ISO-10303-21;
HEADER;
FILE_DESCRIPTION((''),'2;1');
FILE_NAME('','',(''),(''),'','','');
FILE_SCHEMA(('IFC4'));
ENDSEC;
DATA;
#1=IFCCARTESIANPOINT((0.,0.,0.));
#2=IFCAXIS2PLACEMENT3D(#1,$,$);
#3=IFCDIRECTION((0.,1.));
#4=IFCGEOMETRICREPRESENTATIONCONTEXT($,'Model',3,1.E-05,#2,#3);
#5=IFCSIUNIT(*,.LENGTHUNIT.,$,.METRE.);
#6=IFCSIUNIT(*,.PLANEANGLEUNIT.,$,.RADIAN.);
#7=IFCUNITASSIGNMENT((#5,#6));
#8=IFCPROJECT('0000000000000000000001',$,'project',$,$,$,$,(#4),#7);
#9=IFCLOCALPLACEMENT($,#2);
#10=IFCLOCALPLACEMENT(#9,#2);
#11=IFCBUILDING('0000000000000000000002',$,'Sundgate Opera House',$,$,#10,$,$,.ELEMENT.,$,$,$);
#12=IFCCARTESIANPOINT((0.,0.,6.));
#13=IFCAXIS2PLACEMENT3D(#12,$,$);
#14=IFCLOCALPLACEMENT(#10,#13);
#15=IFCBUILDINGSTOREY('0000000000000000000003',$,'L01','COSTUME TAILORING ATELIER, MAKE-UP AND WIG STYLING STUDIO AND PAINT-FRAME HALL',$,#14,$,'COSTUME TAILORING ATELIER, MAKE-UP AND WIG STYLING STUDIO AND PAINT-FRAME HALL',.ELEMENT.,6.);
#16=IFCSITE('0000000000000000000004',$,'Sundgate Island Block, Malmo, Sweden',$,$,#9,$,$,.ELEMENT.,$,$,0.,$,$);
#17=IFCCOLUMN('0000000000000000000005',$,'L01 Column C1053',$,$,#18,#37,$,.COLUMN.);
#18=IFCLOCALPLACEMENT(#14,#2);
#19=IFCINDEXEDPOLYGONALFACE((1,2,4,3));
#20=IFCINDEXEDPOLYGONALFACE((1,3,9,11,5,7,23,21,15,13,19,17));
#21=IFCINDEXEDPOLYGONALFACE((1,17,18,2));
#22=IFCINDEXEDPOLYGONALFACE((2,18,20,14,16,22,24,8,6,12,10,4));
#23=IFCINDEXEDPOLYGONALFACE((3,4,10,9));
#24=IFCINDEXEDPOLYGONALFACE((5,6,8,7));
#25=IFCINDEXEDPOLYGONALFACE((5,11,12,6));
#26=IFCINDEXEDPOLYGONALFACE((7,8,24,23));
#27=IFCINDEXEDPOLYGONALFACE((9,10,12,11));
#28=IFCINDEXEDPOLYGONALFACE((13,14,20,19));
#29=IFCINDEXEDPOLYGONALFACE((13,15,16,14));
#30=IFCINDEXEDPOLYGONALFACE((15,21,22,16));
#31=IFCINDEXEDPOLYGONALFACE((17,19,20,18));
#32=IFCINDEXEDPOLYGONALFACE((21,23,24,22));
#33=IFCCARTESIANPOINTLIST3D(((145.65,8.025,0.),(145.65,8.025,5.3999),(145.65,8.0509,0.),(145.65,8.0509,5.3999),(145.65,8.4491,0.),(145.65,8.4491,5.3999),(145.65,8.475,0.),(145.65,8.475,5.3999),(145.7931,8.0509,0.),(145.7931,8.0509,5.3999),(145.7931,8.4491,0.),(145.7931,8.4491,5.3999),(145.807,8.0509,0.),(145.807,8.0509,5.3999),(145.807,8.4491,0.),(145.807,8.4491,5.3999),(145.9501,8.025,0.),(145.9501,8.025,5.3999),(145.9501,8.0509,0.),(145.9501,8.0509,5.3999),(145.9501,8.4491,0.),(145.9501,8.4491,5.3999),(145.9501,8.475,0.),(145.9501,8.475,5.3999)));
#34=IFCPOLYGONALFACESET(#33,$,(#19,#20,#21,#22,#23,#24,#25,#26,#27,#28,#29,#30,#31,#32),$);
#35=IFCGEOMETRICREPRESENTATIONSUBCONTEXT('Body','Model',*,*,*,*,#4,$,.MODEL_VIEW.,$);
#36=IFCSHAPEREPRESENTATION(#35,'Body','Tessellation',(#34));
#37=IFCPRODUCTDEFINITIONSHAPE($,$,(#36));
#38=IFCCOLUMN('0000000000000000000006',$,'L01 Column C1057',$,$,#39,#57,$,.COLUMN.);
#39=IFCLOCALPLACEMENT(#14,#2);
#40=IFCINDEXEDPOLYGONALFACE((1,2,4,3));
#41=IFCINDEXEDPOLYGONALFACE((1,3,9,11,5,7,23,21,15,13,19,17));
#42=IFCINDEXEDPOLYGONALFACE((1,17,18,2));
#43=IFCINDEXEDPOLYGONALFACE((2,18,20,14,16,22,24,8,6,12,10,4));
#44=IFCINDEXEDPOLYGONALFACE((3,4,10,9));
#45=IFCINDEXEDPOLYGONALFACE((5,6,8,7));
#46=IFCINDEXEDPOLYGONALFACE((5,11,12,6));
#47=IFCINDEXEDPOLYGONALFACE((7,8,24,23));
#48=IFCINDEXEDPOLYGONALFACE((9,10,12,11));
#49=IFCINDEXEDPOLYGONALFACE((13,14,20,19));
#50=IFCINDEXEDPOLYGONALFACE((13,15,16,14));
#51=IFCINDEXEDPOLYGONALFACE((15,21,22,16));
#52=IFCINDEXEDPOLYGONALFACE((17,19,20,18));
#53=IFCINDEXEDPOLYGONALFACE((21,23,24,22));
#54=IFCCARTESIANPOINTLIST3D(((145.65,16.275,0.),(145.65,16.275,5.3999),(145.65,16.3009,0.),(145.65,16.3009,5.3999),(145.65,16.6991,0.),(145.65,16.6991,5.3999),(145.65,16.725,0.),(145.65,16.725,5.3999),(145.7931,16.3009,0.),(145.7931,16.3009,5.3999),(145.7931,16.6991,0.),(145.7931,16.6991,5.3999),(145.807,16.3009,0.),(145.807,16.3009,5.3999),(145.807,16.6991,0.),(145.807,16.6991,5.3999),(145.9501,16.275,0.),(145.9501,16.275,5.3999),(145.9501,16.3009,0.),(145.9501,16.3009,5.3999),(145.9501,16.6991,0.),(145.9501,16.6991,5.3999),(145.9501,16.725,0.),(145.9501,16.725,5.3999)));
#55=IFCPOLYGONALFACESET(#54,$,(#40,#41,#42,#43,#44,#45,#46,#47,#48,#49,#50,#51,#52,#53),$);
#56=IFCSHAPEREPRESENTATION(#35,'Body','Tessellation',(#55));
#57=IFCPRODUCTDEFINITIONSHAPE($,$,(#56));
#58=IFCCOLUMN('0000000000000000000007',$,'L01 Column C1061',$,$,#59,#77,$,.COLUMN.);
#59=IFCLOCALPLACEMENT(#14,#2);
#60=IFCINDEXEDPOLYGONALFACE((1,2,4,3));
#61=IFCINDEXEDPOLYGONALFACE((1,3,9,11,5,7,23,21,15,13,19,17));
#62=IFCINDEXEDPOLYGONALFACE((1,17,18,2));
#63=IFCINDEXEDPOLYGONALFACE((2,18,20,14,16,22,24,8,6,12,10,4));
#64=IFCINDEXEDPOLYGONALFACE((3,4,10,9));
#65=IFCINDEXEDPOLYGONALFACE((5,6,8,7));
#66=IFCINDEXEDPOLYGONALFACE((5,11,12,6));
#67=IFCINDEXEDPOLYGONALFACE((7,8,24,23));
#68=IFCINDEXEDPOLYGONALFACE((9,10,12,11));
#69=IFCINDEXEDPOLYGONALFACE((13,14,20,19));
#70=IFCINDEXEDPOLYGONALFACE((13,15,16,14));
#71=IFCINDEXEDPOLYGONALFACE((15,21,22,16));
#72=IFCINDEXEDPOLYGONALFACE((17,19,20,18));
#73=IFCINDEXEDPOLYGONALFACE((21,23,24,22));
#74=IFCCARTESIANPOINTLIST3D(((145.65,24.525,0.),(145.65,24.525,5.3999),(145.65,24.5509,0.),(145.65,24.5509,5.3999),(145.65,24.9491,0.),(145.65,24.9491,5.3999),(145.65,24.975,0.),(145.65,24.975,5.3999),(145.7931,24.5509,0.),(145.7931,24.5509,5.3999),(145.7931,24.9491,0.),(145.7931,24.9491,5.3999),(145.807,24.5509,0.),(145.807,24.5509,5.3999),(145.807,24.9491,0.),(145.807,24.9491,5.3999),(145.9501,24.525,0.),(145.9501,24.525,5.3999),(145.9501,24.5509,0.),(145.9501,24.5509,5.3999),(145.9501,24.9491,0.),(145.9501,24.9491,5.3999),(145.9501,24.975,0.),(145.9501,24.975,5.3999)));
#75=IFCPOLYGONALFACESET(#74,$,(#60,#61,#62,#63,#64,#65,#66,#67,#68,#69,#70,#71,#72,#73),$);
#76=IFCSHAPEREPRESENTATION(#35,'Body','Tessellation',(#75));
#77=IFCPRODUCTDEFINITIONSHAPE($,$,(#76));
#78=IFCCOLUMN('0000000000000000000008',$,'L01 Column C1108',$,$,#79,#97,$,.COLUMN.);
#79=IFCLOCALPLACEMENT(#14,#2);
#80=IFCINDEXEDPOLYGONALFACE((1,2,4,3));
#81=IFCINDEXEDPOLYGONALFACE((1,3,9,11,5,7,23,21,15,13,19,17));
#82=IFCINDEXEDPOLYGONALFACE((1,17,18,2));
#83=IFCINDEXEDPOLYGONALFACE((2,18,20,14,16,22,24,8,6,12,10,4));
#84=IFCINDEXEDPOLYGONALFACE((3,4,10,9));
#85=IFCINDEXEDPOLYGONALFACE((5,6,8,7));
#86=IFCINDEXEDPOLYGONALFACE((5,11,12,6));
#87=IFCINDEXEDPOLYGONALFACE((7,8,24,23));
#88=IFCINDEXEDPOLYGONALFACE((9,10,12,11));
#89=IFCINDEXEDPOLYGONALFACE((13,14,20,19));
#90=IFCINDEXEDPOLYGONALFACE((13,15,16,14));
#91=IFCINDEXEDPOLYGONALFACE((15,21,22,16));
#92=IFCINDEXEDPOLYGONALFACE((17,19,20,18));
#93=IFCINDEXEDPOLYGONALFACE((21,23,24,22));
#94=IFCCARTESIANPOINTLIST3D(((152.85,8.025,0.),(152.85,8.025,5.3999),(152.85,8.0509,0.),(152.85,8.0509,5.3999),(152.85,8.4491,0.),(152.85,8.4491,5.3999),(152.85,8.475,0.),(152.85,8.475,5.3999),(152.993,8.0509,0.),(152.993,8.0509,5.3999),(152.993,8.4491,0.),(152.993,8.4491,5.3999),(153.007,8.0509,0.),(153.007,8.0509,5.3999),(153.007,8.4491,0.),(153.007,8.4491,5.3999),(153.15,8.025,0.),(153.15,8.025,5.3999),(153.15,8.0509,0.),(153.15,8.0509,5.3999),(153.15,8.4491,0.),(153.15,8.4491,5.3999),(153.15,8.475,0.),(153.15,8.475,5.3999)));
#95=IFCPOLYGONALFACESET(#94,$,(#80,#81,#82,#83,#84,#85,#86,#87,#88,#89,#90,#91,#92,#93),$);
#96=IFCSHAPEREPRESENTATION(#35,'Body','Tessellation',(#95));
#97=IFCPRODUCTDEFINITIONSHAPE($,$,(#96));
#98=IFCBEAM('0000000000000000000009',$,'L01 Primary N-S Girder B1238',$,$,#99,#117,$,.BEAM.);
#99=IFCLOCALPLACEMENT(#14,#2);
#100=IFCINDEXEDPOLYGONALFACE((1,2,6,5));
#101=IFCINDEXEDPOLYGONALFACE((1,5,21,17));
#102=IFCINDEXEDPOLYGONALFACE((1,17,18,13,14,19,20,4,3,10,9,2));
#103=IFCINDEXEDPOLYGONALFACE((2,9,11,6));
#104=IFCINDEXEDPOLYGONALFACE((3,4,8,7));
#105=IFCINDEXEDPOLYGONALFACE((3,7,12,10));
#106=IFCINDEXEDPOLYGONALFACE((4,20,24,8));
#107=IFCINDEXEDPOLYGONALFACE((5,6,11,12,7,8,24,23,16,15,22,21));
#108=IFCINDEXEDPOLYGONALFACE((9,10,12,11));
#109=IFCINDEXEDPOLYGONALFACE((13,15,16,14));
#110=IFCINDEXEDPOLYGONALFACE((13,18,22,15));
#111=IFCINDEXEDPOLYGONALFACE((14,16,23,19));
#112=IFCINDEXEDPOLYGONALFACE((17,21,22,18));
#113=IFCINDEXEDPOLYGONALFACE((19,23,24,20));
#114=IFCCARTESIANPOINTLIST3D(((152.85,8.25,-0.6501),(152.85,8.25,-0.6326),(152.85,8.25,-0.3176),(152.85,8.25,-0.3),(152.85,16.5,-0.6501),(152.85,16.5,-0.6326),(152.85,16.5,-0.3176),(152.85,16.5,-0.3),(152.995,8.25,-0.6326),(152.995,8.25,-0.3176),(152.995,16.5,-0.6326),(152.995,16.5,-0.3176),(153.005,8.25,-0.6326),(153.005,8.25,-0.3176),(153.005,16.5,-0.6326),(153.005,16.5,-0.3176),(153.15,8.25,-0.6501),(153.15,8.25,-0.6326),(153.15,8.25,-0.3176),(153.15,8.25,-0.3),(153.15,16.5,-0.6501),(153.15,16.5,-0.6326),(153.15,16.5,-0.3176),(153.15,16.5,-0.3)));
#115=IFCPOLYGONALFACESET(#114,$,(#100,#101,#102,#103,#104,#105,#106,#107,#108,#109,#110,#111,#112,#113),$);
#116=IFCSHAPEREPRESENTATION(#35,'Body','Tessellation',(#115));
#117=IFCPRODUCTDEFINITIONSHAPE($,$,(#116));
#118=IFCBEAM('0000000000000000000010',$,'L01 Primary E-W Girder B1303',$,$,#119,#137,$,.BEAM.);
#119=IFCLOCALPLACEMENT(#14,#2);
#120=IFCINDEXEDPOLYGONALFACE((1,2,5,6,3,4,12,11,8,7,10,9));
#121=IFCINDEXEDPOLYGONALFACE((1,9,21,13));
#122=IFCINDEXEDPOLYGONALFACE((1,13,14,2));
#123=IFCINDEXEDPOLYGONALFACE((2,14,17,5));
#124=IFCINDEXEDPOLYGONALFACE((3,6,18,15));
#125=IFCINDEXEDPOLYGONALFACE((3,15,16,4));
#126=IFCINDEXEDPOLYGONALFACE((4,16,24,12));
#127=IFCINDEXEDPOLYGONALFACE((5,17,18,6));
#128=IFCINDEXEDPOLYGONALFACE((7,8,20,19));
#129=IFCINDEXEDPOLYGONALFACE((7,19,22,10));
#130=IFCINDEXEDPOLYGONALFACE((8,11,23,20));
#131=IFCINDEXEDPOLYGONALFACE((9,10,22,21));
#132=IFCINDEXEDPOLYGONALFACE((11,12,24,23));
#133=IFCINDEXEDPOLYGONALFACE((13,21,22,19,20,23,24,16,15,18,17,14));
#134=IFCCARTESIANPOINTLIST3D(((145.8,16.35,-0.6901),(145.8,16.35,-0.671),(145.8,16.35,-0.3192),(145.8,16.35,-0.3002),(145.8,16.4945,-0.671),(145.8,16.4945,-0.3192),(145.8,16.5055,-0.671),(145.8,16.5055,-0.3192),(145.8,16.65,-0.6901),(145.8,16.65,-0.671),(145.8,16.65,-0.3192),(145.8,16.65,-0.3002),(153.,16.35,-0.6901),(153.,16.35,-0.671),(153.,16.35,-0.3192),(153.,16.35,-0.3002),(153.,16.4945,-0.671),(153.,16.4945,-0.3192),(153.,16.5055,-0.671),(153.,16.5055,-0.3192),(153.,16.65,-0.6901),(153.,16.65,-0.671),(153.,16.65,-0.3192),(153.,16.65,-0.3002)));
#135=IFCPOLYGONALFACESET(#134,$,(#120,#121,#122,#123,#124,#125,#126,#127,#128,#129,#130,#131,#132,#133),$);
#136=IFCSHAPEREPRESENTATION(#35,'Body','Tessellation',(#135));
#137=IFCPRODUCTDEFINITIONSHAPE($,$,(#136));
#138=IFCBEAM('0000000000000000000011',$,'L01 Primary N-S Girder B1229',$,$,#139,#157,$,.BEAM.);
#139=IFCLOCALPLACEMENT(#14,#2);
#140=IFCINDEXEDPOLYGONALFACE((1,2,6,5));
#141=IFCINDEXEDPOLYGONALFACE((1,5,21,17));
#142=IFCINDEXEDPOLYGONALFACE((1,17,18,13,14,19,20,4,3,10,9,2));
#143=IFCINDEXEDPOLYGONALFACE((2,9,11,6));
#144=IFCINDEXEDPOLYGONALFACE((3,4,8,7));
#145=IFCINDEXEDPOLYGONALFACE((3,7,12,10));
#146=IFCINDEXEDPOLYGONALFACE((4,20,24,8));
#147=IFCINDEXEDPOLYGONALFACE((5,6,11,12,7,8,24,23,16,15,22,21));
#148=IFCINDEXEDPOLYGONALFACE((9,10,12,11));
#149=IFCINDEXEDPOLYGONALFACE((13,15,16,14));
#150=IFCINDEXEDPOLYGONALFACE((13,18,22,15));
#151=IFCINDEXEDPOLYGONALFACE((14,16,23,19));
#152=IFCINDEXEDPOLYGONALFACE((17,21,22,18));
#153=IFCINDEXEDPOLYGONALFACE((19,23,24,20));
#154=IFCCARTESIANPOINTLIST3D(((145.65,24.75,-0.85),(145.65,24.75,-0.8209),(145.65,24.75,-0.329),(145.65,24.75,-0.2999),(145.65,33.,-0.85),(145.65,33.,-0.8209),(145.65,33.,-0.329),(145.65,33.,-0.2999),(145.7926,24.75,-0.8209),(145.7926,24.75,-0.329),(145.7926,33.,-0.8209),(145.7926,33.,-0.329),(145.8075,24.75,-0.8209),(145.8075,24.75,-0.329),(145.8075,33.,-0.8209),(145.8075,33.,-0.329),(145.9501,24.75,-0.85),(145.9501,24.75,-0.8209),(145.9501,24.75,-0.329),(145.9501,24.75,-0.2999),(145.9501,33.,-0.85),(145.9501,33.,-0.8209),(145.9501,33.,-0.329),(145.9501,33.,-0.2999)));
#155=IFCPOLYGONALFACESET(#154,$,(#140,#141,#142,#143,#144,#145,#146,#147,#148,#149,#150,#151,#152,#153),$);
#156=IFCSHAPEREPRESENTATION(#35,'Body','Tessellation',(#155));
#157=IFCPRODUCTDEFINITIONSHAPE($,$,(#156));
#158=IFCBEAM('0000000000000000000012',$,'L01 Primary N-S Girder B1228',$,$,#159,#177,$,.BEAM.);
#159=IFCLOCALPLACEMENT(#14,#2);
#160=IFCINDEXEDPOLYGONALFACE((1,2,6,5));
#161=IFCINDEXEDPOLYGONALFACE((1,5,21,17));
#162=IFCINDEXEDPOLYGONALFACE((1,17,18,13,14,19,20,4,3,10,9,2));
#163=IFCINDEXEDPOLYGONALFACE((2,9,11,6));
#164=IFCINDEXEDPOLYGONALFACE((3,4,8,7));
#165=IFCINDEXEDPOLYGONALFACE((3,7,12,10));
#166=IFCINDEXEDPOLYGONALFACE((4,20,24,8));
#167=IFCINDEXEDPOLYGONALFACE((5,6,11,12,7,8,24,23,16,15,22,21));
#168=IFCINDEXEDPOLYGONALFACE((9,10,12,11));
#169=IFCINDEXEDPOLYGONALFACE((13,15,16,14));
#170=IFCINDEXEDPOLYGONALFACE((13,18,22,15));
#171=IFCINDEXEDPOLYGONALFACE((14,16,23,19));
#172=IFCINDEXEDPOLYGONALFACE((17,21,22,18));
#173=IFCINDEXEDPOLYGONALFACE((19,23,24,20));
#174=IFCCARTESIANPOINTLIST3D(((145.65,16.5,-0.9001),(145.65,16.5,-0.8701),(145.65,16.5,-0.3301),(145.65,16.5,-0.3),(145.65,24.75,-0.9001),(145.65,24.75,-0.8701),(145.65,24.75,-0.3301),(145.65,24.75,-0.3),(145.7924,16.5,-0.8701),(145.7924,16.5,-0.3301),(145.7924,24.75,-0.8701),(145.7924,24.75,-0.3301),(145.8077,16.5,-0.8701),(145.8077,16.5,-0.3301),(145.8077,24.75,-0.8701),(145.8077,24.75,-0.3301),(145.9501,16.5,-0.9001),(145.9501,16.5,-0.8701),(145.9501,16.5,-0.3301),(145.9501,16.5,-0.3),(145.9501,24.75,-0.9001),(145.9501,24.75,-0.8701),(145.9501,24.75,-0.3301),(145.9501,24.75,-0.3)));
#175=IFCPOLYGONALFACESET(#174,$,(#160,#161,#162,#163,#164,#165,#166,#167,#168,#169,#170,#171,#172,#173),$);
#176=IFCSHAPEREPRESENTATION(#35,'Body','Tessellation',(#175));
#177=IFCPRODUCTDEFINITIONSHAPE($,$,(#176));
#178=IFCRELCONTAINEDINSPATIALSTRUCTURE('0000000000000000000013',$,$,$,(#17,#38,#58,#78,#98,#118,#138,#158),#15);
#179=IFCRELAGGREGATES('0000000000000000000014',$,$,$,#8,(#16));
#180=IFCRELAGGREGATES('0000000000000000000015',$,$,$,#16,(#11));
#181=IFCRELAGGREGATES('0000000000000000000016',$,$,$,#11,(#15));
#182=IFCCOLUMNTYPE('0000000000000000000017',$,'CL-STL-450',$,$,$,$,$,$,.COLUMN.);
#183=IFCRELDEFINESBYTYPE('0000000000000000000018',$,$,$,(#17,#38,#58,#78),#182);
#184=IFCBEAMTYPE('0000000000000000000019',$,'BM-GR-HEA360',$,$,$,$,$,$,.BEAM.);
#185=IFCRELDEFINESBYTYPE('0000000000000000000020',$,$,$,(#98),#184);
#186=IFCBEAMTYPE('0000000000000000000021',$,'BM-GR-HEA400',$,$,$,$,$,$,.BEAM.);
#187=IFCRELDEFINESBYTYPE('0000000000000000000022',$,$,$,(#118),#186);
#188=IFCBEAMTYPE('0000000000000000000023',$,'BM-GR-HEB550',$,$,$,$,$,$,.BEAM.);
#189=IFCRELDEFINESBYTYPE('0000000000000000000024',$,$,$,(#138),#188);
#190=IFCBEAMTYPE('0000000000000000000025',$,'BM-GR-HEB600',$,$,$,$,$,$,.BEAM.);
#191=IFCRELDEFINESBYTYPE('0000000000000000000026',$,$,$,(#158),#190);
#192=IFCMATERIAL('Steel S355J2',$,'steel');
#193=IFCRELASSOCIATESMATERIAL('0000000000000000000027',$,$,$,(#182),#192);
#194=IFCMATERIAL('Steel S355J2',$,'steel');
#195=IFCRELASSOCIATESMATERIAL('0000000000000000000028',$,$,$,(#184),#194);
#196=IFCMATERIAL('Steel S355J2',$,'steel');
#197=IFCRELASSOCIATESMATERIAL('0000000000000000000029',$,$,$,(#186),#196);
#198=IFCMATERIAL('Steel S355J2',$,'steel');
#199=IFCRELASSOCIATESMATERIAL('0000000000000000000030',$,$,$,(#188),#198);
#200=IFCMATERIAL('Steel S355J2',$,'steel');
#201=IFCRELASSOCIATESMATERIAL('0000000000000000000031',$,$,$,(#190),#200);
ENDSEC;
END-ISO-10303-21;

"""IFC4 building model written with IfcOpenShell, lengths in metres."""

from ifc_helpers import new_model, si_unit, direction, frame, origin, origin_2d, place, context, subcontext, project, spatial, i_section, extrude, material, material_profile, profile_set, type_object, element, save


model = new_model("IFC4")

# Units and contexts
model_context = context("Model", 3, precision=1e-05, world=origin(), true_north=direction((0.0, 1.0)))
body_context = subcontext(model_context, "Body", "Model", "MODEL_VIEW")
ifc_project = project(units=[si_unit("LENGTHUNIT", "METRE"), si_unit("PLANEANGLEUNIT", "RADIAN")], contexts=[model_context])

# Site, building, storey
site_placement = place(None, origin())
site = spatial("IfcSite", under=ifc_project, at=site_placement, Name="Sundgate Island Block, Malmo, Sweden", CompositionType="ELEMENT", RefElevation=0.0)
building_placement = place(site_placement, origin())
building = spatial("IfcBuilding", under=site, at=building_placement, Name="Sundgate Opera House", CompositionType="ELEMENT")
storey_placement = place(building_placement, frame((0.0, 0.0, 6.0)))
storey = spatial("IfcBuildingStorey", under=building, at=storey_placement, Name="L01", Description="COSTUME TAILORING ATELIER, MAKE-UP AND WIG STYLING STUDIO AND PAINT-FRAME HALL", LongName="COSTUME TAILORING ATELIER, MAKE-UP AND WIG STYLING STUDIO AND PAINT-FRAME HALL", CompositionType="ELEMENT", Elevation=6.0)

# Columns
ifc_material_1 = material(Name="Steel S355J2", Category="steel")
ifc_material_profile_1 = material_profile(ifc_material_1, i_section(OverallWidth=0.3, OverallDepth=0.45, WebThickness=0.0139, FlangeThickness=0.0259, at=origin_2d()), Name="HEB 450")
ifc_profile_set_1 = profile_set([ifc_material_profile_1], Name="Steel S355J2")
column_type = type_object("IfcColumnType", Name="CL-STL-450", PredefinedType="COLUMN", material=ifc_profile_set_1)
for number, where, z_axis, x_axis, name in (
    (1, (145.8, 8.25, 0.0), (0.0, 0.0, 1.0), (1.0, 0.0, 0.0), "L01 Column C1053"),
    (2, (145.8, 16.5, 0.0), (0.0, 0.0, 1.0), (1.0, 0.0, 0.0), "L01 Column C1057"),
    (3, (145.8, 24.75, 0.0), (0.0, 0.0, 1.0), (1.0, 0.0, 0.0), "L01 Column C1061"),
    (4, (153.0, 8.25, 0.0), (0.0, 0.0, 1.0), (1.0, 0.0, 0.0), "L01 Column C1108"),
):
    element("IfcColumn", number, at=place(storey_placement, frame(where, z_axis=z_axis, x_axis=x_axis)), inside=storey, type_object=column_type, Name=name, PredefinedType="COLUMN", context=body_context, shape_type="SweptSolid", body=[
        extrude(i_section(OverallWidth=0.3, OverallDepth=0.45, WebThickness=0.0139, FlangeThickness=0.0259, at=origin_2d()), origin(), (0.0, 0.0, 1.0), 5.3999),
    ])

# Beams
ifc_material_2 = material(Name="Steel S355J2", Category="steel")
ifc_material_profile_2 = material_profile(ifc_material_2, i_section(OverallWidth=0.3, OverallDepth=0.3501, WebThickness=0.01, FlangeThickness=0.0176, at=origin_2d()), Name="HEA 360")
ifc_profile_set_2 = profile_set([ifc_material_profile_2], Name="Steel S355J2")
beam_type_1 = type_object("IfcBeamType", Name="BM-GR-HEA360", PredefinedType="BEAM", material=ifc_profile_set_2)
beam_1_placement = place(storey_placement, frame((153.0, 8.25, -0.4751), z_axis=(0.0, 1.0, 0.0), x_axis=(-1.0, 0.0, 0.0)))
element("IfcBeam", 5, at=beam_1_placement, inside=storey, type_object=beam_type_1, Name="L01 Primary N-S Girder B1238", PredefinedType="BEAM", context=body_context, shape_type="SweptSolid", body=[
    extrude(i_section(OverallWidth=0.3, OverallDepth=0.3501, WebThickness=0.01, FlangeThickness=0.0176, at=origin_2d()), origin(), (0.0, 0.0, 1.0), 8.25),
])
ifc_material_3 = material(Name="Steel S355J2", Category="steel")
ifc_material_profile_3 = material_profile(ifc_material_3, i_section(OverallWidth=0.3, OverallDepth=0.3899, WebThickness=0.011, FlangeThickness=0.019, at=origin_2d()), Name="HEA 400")
ifc_profile_set_3 = profile_set([ifc_material_profile_3], Name="Steel S355J2")
beam_type_2 = type_object("IfcBeamType", Name="BM-GR-HEA400", PredefinedType="BEAM", material=ifc_profile_set_3)
beam_2_placement = place(storey_placement, frame((145.8, 16.5, -0.4951), z_axis=(1.0, 0.0, 0.0), x_axis=(0.0, 1.0, 0.0)))
element("IfcBeam", 6, at=beam_2_placement, inside=storey, type_object=beam_type_2, Name="L01 Primary E-W Girder B1303", PredefinedType="BEAM", context=body_context, shape_type="SweptSolid", body=[
    extrude(i_section(OverallWidth=0.3, OverallDepth=0.3899, WebThickness=0.011, FlangeThickness=0.019, at=origin_2d()), origin(), (0.0, 0.0, 1.0), 7.2),
])
ifc_material_4 = material(Name="Steel S355J2", Category="steel")
ifc_material_profile_4 = material_profile(ifc_material_4, i_section(OverallWidth=0.3, OverallDepth=0.55, WebThickness=0.0149, FlangeThickness=0.0291, at=origin_2d()), Name="HEB 550")
ifc_profile_set_4 = profile_set([ifc_material_profile_4], Name="Steel S355J2")
beam_type_3 = type_object("IfcBeamType", Name="BM-GR-HEB550", PredefinedType="BEAM", material=ifc_profile_set_4)
beam_3_placement = place(storey_placement, frame((145.8, 24.75, -0.575), z_axis=(0.0, 1.0, 0.0), x_axis=(-1.0, 0.0, 0.0)))
element("IfcBeam", 7, at=beam_3_placement, inside=storey, type_object=beam_type_3, Name="L01 Primary N-S Girder B1229", PredefinedType="BEAM", context=body_context, shape_type="SweptSolid", body=[
    extrude(i_section(OverallWidth=0.3, OverallDepth=0.55, WebThickness=0.0149, FlangeThickness=0.0291, at=origin_2d()), origin(), (0.0, 0.0, 1.0), 8.25),
])
ifc_material_5 = material(Name="Steel S355J2", Category="steel")
ifc_material_profile_5 = material_profile(ifc_material_5, i_section(OverallWidth=0.3, OverallDepth=0.6001, WebThickness=0.0154, FlangeThickness=0.03, at=origin_2d()), Name="HEB 600")
ifc_profile_set_5 = profile_set([ifc_material_profile_5], Name="Steel S355J2")
beam_type_4 = type_object("IfcBeamType", Name="BM-GR-HEB600", PredefinedType="BEAM", material=ifc_profile_set_5)
beam_4_placement = place(storey_placement, frame((145.8, 16.5, -0.6001), z_axis=(0.0, 1.0, 0.0), x_axis=(-1.0, 0.0, 0.0)))
element("IfcBeam", 8, at=beam_4_placement, inside=storey, type_object=beam_type_4, Name="L01 Primary N-S Girder B1228", PredefinedType="BEAM", context=body_context, shape_type="SweptSolid", body=[
    extrude(i_section(OverallWidth=0.3, OverallDepth=0.6001, WebThickness=0.0154, FlangeThickness=0.03, at=origin_2d()), origin(), (0.0, 0.0, 1.0), 8.25),
])

save(model, "model.ifc")
